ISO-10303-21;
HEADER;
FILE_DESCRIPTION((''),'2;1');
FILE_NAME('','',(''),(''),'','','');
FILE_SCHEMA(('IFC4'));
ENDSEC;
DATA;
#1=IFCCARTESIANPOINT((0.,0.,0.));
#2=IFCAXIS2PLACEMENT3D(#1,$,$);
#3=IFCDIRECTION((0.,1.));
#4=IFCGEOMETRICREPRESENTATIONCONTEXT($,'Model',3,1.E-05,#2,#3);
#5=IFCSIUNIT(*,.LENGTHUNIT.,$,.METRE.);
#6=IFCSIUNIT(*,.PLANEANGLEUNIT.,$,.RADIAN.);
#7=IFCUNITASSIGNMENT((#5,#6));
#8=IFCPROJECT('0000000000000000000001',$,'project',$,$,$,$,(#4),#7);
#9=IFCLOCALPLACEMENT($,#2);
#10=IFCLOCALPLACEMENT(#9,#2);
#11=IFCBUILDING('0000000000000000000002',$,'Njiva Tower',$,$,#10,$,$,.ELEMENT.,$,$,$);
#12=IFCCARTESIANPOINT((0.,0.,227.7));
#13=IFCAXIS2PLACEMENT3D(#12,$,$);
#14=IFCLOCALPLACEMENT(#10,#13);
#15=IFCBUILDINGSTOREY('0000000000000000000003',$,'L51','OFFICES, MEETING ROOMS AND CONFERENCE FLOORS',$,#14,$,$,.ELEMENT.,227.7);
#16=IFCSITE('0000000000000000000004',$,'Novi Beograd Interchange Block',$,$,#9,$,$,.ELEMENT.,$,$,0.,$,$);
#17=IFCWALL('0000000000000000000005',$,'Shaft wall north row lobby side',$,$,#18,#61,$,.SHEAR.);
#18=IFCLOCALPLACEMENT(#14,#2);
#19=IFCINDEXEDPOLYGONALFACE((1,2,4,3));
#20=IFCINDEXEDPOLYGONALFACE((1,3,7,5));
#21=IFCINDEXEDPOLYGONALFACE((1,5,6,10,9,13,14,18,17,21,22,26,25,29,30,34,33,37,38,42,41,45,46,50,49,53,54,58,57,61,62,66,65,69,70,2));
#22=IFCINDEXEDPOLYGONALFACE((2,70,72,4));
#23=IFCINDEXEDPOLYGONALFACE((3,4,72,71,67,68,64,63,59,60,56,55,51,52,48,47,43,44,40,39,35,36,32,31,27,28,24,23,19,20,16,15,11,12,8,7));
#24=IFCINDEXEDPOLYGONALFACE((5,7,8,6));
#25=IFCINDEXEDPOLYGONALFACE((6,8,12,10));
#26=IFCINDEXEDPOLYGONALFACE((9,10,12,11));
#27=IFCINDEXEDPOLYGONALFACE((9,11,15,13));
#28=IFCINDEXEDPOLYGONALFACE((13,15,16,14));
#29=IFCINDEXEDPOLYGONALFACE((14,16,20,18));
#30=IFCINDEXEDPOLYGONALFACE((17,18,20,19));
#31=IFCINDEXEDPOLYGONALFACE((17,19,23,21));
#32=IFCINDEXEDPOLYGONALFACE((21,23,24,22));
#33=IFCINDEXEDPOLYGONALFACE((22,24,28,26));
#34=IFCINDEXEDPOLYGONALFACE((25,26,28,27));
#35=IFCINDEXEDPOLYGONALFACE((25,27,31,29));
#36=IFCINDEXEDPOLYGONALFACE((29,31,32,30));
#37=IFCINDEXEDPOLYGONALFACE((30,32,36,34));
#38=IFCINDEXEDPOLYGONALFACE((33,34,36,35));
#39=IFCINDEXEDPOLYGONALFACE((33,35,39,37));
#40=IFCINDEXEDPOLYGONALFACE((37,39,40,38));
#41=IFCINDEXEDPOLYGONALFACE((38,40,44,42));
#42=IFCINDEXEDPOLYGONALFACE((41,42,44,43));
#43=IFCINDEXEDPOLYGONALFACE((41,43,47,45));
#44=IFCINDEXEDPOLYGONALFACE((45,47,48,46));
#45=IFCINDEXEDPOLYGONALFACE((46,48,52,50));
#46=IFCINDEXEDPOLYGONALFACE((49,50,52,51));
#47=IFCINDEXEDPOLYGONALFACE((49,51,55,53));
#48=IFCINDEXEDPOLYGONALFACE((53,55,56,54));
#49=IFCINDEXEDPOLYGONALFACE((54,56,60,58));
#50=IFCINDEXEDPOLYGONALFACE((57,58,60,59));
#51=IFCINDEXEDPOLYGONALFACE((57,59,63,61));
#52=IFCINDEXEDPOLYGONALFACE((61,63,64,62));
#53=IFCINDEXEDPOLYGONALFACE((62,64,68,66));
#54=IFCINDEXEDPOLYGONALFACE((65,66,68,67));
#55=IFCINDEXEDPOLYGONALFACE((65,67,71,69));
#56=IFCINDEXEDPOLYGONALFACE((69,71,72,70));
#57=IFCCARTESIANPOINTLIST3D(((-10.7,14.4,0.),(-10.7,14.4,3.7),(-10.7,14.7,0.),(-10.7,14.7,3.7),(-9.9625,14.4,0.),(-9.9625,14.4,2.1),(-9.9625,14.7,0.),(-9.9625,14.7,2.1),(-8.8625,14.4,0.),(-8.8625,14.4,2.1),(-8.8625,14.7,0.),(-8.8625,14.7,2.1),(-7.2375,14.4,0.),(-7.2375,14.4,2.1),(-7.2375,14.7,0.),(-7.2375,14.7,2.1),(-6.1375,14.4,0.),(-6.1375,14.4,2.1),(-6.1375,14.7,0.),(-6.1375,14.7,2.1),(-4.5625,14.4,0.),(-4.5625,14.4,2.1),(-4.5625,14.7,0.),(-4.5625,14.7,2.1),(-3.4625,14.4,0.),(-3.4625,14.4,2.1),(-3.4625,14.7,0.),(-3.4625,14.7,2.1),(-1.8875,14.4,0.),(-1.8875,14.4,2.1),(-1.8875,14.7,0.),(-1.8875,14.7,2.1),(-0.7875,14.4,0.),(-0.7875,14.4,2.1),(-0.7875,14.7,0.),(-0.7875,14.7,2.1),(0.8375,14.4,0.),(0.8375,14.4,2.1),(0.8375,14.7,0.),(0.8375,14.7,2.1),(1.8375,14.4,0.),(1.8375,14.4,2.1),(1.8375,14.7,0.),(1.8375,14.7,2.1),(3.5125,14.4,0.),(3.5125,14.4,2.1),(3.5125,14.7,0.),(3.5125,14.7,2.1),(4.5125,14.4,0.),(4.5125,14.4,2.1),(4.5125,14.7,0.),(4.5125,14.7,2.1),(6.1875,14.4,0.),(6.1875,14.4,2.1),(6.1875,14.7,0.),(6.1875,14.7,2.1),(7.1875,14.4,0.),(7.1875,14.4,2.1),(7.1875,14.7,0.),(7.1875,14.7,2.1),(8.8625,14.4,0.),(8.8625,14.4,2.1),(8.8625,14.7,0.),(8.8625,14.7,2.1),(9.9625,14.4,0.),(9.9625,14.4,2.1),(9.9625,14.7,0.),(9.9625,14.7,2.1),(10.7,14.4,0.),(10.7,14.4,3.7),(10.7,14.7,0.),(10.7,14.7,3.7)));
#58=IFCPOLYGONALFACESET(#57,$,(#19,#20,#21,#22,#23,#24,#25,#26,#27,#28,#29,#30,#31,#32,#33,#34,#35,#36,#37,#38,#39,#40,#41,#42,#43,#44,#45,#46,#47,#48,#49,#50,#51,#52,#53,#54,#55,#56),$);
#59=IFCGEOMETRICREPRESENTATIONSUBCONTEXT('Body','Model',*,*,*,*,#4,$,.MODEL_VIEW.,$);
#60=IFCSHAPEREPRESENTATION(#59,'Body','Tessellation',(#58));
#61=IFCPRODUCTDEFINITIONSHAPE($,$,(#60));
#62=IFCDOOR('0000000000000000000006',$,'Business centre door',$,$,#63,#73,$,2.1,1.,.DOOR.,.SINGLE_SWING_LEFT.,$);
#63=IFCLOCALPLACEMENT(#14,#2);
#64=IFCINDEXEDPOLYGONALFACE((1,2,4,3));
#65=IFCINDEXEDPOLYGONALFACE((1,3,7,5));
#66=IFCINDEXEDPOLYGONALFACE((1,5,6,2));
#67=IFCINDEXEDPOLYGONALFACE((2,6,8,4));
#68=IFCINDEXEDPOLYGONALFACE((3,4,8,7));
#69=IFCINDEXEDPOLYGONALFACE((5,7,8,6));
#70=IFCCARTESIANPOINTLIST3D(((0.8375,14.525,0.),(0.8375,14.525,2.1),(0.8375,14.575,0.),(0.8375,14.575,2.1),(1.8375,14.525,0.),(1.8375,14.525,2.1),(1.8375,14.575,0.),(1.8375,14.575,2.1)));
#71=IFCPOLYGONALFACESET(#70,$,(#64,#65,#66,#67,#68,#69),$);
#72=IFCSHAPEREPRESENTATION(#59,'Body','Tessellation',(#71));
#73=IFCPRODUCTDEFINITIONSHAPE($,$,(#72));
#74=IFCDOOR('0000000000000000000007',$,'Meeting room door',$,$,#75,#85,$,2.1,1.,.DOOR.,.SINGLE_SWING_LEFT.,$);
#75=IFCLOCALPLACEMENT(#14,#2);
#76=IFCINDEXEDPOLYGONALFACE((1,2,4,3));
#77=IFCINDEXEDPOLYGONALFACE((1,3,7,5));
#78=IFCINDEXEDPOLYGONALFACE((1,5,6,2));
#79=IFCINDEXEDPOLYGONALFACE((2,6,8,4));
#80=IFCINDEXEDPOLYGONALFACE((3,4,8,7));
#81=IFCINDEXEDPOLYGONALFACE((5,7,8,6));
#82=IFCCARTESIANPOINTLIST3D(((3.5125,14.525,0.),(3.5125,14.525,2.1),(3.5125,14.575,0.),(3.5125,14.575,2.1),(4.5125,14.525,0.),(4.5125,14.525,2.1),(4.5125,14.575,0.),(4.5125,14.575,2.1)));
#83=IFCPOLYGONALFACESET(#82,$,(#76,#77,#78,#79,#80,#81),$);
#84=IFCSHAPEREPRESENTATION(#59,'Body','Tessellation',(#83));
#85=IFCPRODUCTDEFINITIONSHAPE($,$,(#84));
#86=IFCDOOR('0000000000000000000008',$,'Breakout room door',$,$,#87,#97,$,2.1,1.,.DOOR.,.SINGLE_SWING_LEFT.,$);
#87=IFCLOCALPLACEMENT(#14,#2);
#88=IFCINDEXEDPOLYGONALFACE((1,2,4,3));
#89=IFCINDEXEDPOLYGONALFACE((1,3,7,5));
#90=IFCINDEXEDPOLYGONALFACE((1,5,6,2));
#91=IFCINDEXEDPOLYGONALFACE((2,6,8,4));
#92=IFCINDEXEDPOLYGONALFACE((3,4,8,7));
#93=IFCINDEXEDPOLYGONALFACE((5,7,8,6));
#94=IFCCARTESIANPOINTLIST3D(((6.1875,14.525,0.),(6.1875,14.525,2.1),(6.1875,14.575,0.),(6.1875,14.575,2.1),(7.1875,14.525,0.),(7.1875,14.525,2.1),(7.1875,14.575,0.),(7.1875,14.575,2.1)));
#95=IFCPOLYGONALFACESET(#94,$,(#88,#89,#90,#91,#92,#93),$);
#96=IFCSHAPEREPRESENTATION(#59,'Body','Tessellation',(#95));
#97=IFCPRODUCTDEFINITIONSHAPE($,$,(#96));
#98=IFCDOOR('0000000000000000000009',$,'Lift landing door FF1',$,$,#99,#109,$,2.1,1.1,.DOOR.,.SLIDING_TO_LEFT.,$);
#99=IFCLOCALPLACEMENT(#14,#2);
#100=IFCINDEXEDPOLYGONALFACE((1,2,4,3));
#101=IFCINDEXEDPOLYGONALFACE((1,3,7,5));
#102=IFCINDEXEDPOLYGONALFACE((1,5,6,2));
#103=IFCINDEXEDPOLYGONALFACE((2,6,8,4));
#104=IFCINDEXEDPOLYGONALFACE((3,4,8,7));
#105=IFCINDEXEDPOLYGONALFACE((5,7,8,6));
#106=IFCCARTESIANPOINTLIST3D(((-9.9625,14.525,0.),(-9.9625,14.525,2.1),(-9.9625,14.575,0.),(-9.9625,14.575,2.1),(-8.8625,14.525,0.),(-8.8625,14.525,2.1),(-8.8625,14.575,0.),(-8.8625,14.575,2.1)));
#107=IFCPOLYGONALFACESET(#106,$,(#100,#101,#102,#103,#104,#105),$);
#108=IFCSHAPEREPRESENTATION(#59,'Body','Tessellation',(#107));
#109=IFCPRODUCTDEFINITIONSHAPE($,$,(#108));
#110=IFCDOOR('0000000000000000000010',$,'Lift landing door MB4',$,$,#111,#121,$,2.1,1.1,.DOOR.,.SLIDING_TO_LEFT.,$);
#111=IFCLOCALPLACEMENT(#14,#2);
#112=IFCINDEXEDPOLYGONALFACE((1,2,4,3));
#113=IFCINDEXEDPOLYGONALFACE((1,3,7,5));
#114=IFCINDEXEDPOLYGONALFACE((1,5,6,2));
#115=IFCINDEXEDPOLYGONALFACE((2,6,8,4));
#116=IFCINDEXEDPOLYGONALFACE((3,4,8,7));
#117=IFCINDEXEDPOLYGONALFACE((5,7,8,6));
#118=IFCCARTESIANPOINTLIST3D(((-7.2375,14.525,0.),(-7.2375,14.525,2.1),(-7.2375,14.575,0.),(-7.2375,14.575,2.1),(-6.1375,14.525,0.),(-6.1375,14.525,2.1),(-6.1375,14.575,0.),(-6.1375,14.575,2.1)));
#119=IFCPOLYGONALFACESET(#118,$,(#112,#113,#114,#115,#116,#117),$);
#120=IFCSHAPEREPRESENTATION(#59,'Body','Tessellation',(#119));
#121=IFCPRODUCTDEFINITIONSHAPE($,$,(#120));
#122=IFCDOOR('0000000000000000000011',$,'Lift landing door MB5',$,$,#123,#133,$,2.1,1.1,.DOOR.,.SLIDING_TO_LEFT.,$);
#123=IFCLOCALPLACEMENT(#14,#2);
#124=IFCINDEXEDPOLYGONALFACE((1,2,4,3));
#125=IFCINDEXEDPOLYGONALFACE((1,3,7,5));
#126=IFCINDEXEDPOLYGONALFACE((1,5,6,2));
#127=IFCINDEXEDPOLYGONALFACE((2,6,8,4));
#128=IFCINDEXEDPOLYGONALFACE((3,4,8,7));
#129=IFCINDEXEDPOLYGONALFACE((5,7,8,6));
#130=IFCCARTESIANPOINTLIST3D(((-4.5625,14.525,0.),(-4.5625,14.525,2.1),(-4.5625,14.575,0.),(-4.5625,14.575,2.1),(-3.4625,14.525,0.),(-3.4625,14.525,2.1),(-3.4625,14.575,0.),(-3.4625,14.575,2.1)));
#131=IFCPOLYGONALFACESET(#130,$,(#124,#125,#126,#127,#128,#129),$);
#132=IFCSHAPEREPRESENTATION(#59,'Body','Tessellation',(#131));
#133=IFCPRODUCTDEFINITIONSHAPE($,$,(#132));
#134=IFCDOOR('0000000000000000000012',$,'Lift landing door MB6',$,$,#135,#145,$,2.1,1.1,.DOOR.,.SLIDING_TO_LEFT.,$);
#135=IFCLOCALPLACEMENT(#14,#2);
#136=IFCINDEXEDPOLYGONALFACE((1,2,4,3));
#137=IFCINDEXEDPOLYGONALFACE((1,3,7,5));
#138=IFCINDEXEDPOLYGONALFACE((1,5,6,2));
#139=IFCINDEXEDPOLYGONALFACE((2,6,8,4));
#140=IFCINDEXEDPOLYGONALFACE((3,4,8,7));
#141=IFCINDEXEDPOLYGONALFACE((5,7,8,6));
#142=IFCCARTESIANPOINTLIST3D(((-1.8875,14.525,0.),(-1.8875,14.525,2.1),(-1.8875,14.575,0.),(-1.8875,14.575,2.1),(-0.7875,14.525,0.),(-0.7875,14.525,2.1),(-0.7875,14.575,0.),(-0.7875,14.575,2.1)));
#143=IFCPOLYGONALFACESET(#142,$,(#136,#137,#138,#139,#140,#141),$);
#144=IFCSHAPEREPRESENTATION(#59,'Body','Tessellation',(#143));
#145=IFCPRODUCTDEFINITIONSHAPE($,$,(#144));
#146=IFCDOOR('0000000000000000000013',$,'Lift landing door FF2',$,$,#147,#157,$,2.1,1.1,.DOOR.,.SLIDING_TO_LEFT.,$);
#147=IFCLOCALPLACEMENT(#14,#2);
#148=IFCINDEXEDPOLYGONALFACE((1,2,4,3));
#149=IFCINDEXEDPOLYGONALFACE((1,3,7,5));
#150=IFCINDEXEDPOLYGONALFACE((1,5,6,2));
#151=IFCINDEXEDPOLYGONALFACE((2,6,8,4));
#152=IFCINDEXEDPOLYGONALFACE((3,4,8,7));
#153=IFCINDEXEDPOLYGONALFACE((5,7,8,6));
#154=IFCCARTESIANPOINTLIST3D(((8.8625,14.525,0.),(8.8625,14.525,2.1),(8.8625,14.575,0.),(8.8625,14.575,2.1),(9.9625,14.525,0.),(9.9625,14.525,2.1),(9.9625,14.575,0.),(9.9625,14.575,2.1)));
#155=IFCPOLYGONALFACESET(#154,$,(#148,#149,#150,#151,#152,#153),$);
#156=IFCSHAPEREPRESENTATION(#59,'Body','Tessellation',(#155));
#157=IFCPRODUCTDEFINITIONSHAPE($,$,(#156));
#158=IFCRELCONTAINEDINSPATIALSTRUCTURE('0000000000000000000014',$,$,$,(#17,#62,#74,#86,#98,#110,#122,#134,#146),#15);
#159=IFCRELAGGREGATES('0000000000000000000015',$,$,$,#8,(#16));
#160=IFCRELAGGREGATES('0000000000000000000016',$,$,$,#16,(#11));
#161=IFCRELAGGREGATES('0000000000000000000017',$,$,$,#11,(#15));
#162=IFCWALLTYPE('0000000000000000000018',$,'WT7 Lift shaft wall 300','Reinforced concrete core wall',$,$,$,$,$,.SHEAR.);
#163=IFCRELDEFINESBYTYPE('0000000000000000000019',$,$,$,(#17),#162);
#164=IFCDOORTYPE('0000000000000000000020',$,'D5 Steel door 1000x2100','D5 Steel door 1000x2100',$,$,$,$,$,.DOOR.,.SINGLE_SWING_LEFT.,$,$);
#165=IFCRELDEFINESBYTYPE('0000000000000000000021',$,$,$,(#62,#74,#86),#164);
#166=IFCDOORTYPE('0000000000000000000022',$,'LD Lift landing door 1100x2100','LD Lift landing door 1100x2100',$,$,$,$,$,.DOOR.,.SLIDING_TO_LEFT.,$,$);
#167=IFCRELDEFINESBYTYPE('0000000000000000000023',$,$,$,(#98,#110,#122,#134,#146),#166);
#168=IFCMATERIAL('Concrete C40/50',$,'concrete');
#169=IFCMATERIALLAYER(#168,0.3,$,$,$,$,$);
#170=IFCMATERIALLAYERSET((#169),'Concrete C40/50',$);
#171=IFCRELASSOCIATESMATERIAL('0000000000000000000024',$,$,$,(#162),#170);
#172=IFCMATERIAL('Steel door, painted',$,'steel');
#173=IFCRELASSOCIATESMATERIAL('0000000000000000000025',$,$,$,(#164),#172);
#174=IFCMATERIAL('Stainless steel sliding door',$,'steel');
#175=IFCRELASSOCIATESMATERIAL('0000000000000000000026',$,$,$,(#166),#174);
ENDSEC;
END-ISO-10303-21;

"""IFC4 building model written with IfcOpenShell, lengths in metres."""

from ifc_helpers import new_model, si_unit, direction, frame, frame_2d, origin, place, context, subcontext, project, spatial, rectangle, extrude, material, layer, layer_set, type_object, element, fill, save


model = new_model("IFC4")

# Units and contexts
model_context = context("Model", 3, precision=1e-05, world=origin(), true_north=direction((0.0, 1.0)))
body_context = subcontext(model_context, "Body", "Model", "MODEL_VIEW")
ifc_project = project(units=[si_unit("LENGTHUNIT", "METRE"), si_unit("PLANEANGLEUNIT", "RADIAN")], contexts=[model_context])

# Site, building, storey
site_placement = place(None, origin())
site = spatial("IfcSite", under=ifc_project, at=site_placement, Name="Novi Beograd Interchange Block", CompositionType="ELEMENT", RefElevation=0.0)
building_placement = place(site_placement, origin())
building = spatial("IfcBuilding", under=site, at=building_placement, Name="Njiva Tower", CompositionType="ELEMENT")
storey_placement = place(building_placement, frame((0.0, 0.0, 227.7)))
storey = spatial("IfcBuildingStorey", under=building, at=storey_placement, Name="L51", Description="OFFICES, MEETING ROOMS AND CONFERENCE FLOORS", CompositionType="ELEMENT", Elevation=227.7)

# Shared definitions
ifc_material_1 = material(Name="Concrete C40/50", Category="concrete")

# Wall, openings, doors
ifc_layer_1 = layer(ifc_material_1, 0.3)
ifc_layer_set_1 = layer_set([ifc_layer_1], Name="Concrete C40/50")
wall_type_1 = type_object("IfcWallType", Name="WT7 Lift shaft wall 300", Description="Reinforced concrete core wall", PredefinedType="SHEAR", material=ifc_layer_set_1)
wall_1_placement = place(storey_placement, frame((-10.7, 14.55, 0.0), z_axis=(0.0, 0.0, 1.0), x_axis=(1.0, 0.0, 0.0)))
wall_1 = element("IfcWall", 1, at=wall_1_placement, inside=storey, type_object=wall_type_1, Name="Shaft wall north row lobby side", PredefinedType="SHEAR", context=body_context, shape_type="SweptSolid", body=[
    extrude(rectangle(XDim=21.4, YDim=0.3, at=frame_2d((10.7, 0.0))), origin(), (0.0, 0.0, 1.0), 3.7),
])
opening_1_placement = place(wall_1_placement, frame((0.7375, 0.0, 0.0)))
opening_1 = element("IfcOpeningElement", 2, at=opening_1_placement, cuts=wall_1, PredefinedType="OPENING", context=body_context, shape_type="SweptSolid", body=[
    extrude(rectangle(XDim=1.1, YDim=2.1, at=frame_2d((0.55, 1.05))), frame((0.0, 0.16, 0.0), z_axis=(0.0, -1.0, 0.0), x_axis=(1.0, 0.0, 0.0)), (0.0, 0.0, 1.0), 0.32),
])
opening_2_placement = place(wall_1_placement, frame((3.4625, 0.0, 0.0)))
opening_2 = element("IfcOpeningElement", 3, at=opening_2_placement, cuts=wall_1, PredefinedType="OPENING", context=body_context, shape_type="SweptSolid", body=[
    extrude(rectangle(XDim=1.1, YDim=2.1, at=frame_2d((0.55, 1.05))), frame((0.0, 0.16, 0.0), z_axis=(0.0, -1.0, 0.0), x_axis=(1.0, 0.0, 0.0)), (0.0, 0.0, 1.0), 0.32),
])
opening_3_placement = place(wall_1_placement, frame((6.1375, 0.0, 0.0)))
opening_3 = element("IfcOpeningElement", 4, at=opening_3_placement, cuts=wall_1, PredefinedType="OPENING", context=body_context, shape_type="SweptSolid", body=[
    extrude(rectangle(XDim=1.1, YDim=2.1, at=frame_2d((0.55, 1.05))), frame((0.0, 0.16, 0.0), z_axis=(0.0, -1.0, 0.0), x_axis=(1.0, 0.0, 0.0)), (0.0, 0.0, 1.0), 0.32),
])
opening_4_placement = place(wall_1_placement, frame((8.8125, 0.0, 0.0)))
opening_4 = element("IfcOpeningElement", 5, at=opening_4_placement, cuts=wall_1, PredefinedType="OPENING", context=body_context, shape_type="SweptSolid", body=[
    extrude(rectangle(XDim=1.1, YDim=2.1, at=frame_2d((0.55, 1.05))), frame((0.0, 0.16, 0.0), z_axis=(0.0, -1.0, 0.0), x_axis=(1.0, 0.0, 0.0)), (0.0, 0.0, 1.0), 0.32),
])
opening_5_placement = place(wall_1_placement, frame((19.5625, 0.0, 0.0)))
opening_5 = element("IfcOpeningElement", 6, at=opening_5_placement, cuts=wall_1, PredefinedType="OPENING", context=body_context, shape_type="SweptSolid", body=[
    extrude(rectangle(XDim=1.1, YDim=2.1, at=frame_2d((0.55, 1.05))), frame((0.0, 0.16, 0.0), z_axis=(0.0, -1.0, 0.0), x_axis=(1.0, 0.0, 0.0)), (0.0, 0.0, 1.0), 0.32),
])
opening_6_placement = place(wall_1_placement, frame((11.5375, 0.0, 0.0)))
opening_6 = element("IfcOpeningElement", 7, at=opening_6_placement, cuts=wall_1, PredefinedType="OPENING", context=body_context, shape_type="SweptSolid", body=[
    extrude(rectangle(XDim=1.0, YDim=2.1, at=frame_2d((0.5, 1.05))), frame((0.0, 0.16, 0.0), z_axis=(0.0, -1.0, 0.0), x_axis=(1.0, 0.0, 0.0)), (0.0, 0.0, 1.0), 0.32),
])
opening_7_placement = place(wall_1_placement, frame((14.2125, 0.0, 0.0)))
opening_7 = element("IfcOpeningElement", 8, at=opening_7_placement, cuts=wall_1, PredefinedType="OPENING", context=body_context, shape_type="SweptSolid", body=[
    extrude(rectangle(XDim=1.0, YDim=2.1, at=frame_2d((0.5, 1.05))), frame((0.0, 0.16, 0.0), z_axis=(0.0, -1.0, 0.0), x_axis=(1.0, 0.0, 0.0)), (0.0, 0.0, 1.0), 0.32),
])
opening_8_placement = place(wall_1_placement, frame((16.8875, 0.0, 0.0)))
opening_8 = element("IfcOpeningElement", 9, at=opening_8_placement, cuts=wall_1, PredefinedType="OPENING", context=body_context, shape_type="SweptSolid", body=[
    extrude(rectangle(XDim=1.0, YDim=2.1, at=frame_2d((0.5, 1.05))), frame((0.0, 0.16, 0.0), z_axis=(0.0, -1.0, 0.0), x_axis=(1.0, 0.0, 0.0)), (0.0, 0.0, 1.0), 0.32),
])
ifc_material_2 = material(Name="Steel door, painted", Category="steel")
door_type_1 = type_object("IfcDoorType", Name="D5 Steel door 1000x2100", Description="D5 Steel door 1000x2100", OperationType="SINGLE_SWING_LEFT", PredefinedType="DOOR", material=ifc_material_2)
door_1_placement = place(opening_6_placement, origin())
door_1 = element("IfcDoor", 10, at=door_1_placement, inside=storey, type_object=door_type_1, Name="Business centre door", OperationType="SINGLE_SWING_LEFT", OverallHeight=2.1, OverallWidth=1.0, PredefinedType="DOOR", context=body_context, shape_type="SweptSolid", body=[
    extrude(rectangle(XDim=1.0, YDim=2.1, at=frame_2d((0.5, 1.05))), frame((0.0, 0.025, 0.0), z_axis=(0.0, -1.0, 0.0), x_axis=(1.0, 0.0, 0.0)), (0.0, 0.0, 1.0), 0.05),
])
fill(opening_6, door_1)
door_2_placement = place(opening_7_placement, origin())
door_2 = element("IfcDoor", 11, at=door_2_placement, inside=storey, type_object=door_type_1, Name="Meeting room door", OperationType="SINGLE_SWING_LEFT", OverallHeight=2.1, OverallWidth=1.0, PredefinedType="DOOR", context=body_context, shape_type="SweptSolid", body=[
    extrude(rectangle(XDim=1.0, YDim=2.1, at=frame_2d((0.5, 1.05))), frame((0.0, 0.025, 0.0), z_axis=(0.0, -1.0, 0.0), x_axis=(1.0, 0.0, 0.0)), (0.0, 0.0, 1.0), 0.05),
])
fill(opening_7, door_2)
door_3_placement = place(opening_8_placement, origin())
door_3 = element("IfcDoor", 12, at=door_3_placement, inside=storey, type_object=door_type_1, Name="Breakout room door", OperationType="SINGLE_SWING_LEFT", OverallHeight=2.1, OverallWidth=1.0, PredefinedType="DOOR", context=body_context, shape_type="SweptSolid", body=[
    extrude(rectangle(XDim=1.0, YDim=2.1, at=frame_2d((0.5, 1.05))), frame((0.0, 0.025, 0.0), z_axis=(0.0, -1.0, 0.0), x_axis=(1.0, 0.0, 0.0)), (0.0, 0.0, 1.0), 0.05),
])
fill(opening_8, door_3)
ifc_material_3 = material(Name="Stainless steel sliding door", Category="steel")
door_type_2 = type_object("IfcDoorType", Name="LD Lift landing door 1100x2100", Description="LD Lift landing door 1100x2100", OperationType="SLIDING_TO_LEFT", PredefinedType="DOOR", material=ifc_material_3)
door_4_placement = place(opening_1_placement, origin())
door_4 = element("IfcDoor", 13, at=door_4_placement, inside=storey, type_object=door_type_2, Name="Lift landing door FF1", OperationType="SLIDING_TO_LEFT", OverallHeight=2.1, OverallWidth=1.1, PredefinedType="DOOR", context=body_context, shape_type="SweptSolid", body=[
    extrude(rectangle(XDim=1.1, YDim=2.1, at=frame_2d((0.55, 1.05))), frame((0.0, 0.025, 0.0), z_axis=(0.0, -1.0, 0.0), x_axis=(1.0, 0.0, 0.0)), (0.0, 0.0, 1.0), 0.05),
])
fill(opening_1, door_4)
door_5_placement = place(opening_2_placement, origin())
door_5 = element("IfcDoor", 14, at=door_5_placement, inside=storey, type_object=door_type_2, Name="Lift landing door MB4", OperationType="SLIDING_TO_LEFT", OverallHeight=2.1, OverallWidth=1.1, PredefinedType="DOOR", context=body_context, shape_type="SweptSolid", body=[
    extrude(rectangle(XDim=1.1, YDim=2.1, at=frame_2d((0.55, 1.05))), frame((0.0, 0.025, 0.0), z_axis=(0.0, -1.0, 0.0), x_axis=(1.0, 0.0, 0.0)), (0.0, 0.0, 1.0), 0.05),
])
fill(opening_2, door_5)
door_6_placement = place(opening_3_placement, origin())
door_6 = element("IfcDoor", 15, at=door_6_placement, inside=storey, type_object=door_type_2, Name="Lift landing door MB5", OperationType="SLIDING_TO_LEFT", OverallHeight=2.1, OverallWidth=1.1, PredefinedType="DOOR", context=body_context, shape_type="SweptSolid", body=[
    extrude(rectangle(XDim=1.1, YDim=2.1, at=frame_2d((0.55, 1.05))), frame((0.0, 0.025, 0.0), z_axis=(0.0, -1.0, 0.0), x_axis=(1.0, 0.0, 0.0)), (0.0, 0.0, 1.0), 0.05),
])
fill(opening_3, door_6)
door_7_placement = place(opening_4_placement, origin())
door_7 = element("IfcDoor", 16, at=door_7_placement, inside=storey, type_object=door_type_2, Name="Lift landing door MB6", OperationType="SLIDING_TO_LEFT", OverallHeight=2.1, OverallWidth=1.1, PredefinedType="DOOR", context=body_context, shape_type="SweptSolid", body=[
    extrude(rectangle(XDim=1.1, YDim=2.1, at=frame_2d((0.55, 1.05))), frame((0.0, 0.025, 0.0), z_axis=(0.0, -1.0, 0.0), x_axis=(1.0, 0.0, 0.0)), (0.0, 0.0, 1.0), 0.05),
])
fill(opening_4, door_7)
door_8_placement = place(opening_5_placement, origin())
door_8 = element("IfcDoor", 17, at=door_8_placement, inside=storey, type_object=door_type_2, Name="Lift landing door FF2", OperationType="SLIDING_TO_LEFT", OverallHeight=2.1, OverallWidth=1.1, PredefinedType="DOOR", context=body_context, shape_type="SweptSolid", body=[
    extrude(rectangle(XDim=1.1, YDim=2.1, at=frame_2d((0.55, 1.05))), frame((0.0, 0.025, 0.0), z_axis=(0.0, -1.0, 0.0), x_axis=(1.0, 0.0, 0.0)), (0.0, 0.0, 1.0), 0.05),
])
fill(opening_5, door_8)

save(model, "model.ifc")
